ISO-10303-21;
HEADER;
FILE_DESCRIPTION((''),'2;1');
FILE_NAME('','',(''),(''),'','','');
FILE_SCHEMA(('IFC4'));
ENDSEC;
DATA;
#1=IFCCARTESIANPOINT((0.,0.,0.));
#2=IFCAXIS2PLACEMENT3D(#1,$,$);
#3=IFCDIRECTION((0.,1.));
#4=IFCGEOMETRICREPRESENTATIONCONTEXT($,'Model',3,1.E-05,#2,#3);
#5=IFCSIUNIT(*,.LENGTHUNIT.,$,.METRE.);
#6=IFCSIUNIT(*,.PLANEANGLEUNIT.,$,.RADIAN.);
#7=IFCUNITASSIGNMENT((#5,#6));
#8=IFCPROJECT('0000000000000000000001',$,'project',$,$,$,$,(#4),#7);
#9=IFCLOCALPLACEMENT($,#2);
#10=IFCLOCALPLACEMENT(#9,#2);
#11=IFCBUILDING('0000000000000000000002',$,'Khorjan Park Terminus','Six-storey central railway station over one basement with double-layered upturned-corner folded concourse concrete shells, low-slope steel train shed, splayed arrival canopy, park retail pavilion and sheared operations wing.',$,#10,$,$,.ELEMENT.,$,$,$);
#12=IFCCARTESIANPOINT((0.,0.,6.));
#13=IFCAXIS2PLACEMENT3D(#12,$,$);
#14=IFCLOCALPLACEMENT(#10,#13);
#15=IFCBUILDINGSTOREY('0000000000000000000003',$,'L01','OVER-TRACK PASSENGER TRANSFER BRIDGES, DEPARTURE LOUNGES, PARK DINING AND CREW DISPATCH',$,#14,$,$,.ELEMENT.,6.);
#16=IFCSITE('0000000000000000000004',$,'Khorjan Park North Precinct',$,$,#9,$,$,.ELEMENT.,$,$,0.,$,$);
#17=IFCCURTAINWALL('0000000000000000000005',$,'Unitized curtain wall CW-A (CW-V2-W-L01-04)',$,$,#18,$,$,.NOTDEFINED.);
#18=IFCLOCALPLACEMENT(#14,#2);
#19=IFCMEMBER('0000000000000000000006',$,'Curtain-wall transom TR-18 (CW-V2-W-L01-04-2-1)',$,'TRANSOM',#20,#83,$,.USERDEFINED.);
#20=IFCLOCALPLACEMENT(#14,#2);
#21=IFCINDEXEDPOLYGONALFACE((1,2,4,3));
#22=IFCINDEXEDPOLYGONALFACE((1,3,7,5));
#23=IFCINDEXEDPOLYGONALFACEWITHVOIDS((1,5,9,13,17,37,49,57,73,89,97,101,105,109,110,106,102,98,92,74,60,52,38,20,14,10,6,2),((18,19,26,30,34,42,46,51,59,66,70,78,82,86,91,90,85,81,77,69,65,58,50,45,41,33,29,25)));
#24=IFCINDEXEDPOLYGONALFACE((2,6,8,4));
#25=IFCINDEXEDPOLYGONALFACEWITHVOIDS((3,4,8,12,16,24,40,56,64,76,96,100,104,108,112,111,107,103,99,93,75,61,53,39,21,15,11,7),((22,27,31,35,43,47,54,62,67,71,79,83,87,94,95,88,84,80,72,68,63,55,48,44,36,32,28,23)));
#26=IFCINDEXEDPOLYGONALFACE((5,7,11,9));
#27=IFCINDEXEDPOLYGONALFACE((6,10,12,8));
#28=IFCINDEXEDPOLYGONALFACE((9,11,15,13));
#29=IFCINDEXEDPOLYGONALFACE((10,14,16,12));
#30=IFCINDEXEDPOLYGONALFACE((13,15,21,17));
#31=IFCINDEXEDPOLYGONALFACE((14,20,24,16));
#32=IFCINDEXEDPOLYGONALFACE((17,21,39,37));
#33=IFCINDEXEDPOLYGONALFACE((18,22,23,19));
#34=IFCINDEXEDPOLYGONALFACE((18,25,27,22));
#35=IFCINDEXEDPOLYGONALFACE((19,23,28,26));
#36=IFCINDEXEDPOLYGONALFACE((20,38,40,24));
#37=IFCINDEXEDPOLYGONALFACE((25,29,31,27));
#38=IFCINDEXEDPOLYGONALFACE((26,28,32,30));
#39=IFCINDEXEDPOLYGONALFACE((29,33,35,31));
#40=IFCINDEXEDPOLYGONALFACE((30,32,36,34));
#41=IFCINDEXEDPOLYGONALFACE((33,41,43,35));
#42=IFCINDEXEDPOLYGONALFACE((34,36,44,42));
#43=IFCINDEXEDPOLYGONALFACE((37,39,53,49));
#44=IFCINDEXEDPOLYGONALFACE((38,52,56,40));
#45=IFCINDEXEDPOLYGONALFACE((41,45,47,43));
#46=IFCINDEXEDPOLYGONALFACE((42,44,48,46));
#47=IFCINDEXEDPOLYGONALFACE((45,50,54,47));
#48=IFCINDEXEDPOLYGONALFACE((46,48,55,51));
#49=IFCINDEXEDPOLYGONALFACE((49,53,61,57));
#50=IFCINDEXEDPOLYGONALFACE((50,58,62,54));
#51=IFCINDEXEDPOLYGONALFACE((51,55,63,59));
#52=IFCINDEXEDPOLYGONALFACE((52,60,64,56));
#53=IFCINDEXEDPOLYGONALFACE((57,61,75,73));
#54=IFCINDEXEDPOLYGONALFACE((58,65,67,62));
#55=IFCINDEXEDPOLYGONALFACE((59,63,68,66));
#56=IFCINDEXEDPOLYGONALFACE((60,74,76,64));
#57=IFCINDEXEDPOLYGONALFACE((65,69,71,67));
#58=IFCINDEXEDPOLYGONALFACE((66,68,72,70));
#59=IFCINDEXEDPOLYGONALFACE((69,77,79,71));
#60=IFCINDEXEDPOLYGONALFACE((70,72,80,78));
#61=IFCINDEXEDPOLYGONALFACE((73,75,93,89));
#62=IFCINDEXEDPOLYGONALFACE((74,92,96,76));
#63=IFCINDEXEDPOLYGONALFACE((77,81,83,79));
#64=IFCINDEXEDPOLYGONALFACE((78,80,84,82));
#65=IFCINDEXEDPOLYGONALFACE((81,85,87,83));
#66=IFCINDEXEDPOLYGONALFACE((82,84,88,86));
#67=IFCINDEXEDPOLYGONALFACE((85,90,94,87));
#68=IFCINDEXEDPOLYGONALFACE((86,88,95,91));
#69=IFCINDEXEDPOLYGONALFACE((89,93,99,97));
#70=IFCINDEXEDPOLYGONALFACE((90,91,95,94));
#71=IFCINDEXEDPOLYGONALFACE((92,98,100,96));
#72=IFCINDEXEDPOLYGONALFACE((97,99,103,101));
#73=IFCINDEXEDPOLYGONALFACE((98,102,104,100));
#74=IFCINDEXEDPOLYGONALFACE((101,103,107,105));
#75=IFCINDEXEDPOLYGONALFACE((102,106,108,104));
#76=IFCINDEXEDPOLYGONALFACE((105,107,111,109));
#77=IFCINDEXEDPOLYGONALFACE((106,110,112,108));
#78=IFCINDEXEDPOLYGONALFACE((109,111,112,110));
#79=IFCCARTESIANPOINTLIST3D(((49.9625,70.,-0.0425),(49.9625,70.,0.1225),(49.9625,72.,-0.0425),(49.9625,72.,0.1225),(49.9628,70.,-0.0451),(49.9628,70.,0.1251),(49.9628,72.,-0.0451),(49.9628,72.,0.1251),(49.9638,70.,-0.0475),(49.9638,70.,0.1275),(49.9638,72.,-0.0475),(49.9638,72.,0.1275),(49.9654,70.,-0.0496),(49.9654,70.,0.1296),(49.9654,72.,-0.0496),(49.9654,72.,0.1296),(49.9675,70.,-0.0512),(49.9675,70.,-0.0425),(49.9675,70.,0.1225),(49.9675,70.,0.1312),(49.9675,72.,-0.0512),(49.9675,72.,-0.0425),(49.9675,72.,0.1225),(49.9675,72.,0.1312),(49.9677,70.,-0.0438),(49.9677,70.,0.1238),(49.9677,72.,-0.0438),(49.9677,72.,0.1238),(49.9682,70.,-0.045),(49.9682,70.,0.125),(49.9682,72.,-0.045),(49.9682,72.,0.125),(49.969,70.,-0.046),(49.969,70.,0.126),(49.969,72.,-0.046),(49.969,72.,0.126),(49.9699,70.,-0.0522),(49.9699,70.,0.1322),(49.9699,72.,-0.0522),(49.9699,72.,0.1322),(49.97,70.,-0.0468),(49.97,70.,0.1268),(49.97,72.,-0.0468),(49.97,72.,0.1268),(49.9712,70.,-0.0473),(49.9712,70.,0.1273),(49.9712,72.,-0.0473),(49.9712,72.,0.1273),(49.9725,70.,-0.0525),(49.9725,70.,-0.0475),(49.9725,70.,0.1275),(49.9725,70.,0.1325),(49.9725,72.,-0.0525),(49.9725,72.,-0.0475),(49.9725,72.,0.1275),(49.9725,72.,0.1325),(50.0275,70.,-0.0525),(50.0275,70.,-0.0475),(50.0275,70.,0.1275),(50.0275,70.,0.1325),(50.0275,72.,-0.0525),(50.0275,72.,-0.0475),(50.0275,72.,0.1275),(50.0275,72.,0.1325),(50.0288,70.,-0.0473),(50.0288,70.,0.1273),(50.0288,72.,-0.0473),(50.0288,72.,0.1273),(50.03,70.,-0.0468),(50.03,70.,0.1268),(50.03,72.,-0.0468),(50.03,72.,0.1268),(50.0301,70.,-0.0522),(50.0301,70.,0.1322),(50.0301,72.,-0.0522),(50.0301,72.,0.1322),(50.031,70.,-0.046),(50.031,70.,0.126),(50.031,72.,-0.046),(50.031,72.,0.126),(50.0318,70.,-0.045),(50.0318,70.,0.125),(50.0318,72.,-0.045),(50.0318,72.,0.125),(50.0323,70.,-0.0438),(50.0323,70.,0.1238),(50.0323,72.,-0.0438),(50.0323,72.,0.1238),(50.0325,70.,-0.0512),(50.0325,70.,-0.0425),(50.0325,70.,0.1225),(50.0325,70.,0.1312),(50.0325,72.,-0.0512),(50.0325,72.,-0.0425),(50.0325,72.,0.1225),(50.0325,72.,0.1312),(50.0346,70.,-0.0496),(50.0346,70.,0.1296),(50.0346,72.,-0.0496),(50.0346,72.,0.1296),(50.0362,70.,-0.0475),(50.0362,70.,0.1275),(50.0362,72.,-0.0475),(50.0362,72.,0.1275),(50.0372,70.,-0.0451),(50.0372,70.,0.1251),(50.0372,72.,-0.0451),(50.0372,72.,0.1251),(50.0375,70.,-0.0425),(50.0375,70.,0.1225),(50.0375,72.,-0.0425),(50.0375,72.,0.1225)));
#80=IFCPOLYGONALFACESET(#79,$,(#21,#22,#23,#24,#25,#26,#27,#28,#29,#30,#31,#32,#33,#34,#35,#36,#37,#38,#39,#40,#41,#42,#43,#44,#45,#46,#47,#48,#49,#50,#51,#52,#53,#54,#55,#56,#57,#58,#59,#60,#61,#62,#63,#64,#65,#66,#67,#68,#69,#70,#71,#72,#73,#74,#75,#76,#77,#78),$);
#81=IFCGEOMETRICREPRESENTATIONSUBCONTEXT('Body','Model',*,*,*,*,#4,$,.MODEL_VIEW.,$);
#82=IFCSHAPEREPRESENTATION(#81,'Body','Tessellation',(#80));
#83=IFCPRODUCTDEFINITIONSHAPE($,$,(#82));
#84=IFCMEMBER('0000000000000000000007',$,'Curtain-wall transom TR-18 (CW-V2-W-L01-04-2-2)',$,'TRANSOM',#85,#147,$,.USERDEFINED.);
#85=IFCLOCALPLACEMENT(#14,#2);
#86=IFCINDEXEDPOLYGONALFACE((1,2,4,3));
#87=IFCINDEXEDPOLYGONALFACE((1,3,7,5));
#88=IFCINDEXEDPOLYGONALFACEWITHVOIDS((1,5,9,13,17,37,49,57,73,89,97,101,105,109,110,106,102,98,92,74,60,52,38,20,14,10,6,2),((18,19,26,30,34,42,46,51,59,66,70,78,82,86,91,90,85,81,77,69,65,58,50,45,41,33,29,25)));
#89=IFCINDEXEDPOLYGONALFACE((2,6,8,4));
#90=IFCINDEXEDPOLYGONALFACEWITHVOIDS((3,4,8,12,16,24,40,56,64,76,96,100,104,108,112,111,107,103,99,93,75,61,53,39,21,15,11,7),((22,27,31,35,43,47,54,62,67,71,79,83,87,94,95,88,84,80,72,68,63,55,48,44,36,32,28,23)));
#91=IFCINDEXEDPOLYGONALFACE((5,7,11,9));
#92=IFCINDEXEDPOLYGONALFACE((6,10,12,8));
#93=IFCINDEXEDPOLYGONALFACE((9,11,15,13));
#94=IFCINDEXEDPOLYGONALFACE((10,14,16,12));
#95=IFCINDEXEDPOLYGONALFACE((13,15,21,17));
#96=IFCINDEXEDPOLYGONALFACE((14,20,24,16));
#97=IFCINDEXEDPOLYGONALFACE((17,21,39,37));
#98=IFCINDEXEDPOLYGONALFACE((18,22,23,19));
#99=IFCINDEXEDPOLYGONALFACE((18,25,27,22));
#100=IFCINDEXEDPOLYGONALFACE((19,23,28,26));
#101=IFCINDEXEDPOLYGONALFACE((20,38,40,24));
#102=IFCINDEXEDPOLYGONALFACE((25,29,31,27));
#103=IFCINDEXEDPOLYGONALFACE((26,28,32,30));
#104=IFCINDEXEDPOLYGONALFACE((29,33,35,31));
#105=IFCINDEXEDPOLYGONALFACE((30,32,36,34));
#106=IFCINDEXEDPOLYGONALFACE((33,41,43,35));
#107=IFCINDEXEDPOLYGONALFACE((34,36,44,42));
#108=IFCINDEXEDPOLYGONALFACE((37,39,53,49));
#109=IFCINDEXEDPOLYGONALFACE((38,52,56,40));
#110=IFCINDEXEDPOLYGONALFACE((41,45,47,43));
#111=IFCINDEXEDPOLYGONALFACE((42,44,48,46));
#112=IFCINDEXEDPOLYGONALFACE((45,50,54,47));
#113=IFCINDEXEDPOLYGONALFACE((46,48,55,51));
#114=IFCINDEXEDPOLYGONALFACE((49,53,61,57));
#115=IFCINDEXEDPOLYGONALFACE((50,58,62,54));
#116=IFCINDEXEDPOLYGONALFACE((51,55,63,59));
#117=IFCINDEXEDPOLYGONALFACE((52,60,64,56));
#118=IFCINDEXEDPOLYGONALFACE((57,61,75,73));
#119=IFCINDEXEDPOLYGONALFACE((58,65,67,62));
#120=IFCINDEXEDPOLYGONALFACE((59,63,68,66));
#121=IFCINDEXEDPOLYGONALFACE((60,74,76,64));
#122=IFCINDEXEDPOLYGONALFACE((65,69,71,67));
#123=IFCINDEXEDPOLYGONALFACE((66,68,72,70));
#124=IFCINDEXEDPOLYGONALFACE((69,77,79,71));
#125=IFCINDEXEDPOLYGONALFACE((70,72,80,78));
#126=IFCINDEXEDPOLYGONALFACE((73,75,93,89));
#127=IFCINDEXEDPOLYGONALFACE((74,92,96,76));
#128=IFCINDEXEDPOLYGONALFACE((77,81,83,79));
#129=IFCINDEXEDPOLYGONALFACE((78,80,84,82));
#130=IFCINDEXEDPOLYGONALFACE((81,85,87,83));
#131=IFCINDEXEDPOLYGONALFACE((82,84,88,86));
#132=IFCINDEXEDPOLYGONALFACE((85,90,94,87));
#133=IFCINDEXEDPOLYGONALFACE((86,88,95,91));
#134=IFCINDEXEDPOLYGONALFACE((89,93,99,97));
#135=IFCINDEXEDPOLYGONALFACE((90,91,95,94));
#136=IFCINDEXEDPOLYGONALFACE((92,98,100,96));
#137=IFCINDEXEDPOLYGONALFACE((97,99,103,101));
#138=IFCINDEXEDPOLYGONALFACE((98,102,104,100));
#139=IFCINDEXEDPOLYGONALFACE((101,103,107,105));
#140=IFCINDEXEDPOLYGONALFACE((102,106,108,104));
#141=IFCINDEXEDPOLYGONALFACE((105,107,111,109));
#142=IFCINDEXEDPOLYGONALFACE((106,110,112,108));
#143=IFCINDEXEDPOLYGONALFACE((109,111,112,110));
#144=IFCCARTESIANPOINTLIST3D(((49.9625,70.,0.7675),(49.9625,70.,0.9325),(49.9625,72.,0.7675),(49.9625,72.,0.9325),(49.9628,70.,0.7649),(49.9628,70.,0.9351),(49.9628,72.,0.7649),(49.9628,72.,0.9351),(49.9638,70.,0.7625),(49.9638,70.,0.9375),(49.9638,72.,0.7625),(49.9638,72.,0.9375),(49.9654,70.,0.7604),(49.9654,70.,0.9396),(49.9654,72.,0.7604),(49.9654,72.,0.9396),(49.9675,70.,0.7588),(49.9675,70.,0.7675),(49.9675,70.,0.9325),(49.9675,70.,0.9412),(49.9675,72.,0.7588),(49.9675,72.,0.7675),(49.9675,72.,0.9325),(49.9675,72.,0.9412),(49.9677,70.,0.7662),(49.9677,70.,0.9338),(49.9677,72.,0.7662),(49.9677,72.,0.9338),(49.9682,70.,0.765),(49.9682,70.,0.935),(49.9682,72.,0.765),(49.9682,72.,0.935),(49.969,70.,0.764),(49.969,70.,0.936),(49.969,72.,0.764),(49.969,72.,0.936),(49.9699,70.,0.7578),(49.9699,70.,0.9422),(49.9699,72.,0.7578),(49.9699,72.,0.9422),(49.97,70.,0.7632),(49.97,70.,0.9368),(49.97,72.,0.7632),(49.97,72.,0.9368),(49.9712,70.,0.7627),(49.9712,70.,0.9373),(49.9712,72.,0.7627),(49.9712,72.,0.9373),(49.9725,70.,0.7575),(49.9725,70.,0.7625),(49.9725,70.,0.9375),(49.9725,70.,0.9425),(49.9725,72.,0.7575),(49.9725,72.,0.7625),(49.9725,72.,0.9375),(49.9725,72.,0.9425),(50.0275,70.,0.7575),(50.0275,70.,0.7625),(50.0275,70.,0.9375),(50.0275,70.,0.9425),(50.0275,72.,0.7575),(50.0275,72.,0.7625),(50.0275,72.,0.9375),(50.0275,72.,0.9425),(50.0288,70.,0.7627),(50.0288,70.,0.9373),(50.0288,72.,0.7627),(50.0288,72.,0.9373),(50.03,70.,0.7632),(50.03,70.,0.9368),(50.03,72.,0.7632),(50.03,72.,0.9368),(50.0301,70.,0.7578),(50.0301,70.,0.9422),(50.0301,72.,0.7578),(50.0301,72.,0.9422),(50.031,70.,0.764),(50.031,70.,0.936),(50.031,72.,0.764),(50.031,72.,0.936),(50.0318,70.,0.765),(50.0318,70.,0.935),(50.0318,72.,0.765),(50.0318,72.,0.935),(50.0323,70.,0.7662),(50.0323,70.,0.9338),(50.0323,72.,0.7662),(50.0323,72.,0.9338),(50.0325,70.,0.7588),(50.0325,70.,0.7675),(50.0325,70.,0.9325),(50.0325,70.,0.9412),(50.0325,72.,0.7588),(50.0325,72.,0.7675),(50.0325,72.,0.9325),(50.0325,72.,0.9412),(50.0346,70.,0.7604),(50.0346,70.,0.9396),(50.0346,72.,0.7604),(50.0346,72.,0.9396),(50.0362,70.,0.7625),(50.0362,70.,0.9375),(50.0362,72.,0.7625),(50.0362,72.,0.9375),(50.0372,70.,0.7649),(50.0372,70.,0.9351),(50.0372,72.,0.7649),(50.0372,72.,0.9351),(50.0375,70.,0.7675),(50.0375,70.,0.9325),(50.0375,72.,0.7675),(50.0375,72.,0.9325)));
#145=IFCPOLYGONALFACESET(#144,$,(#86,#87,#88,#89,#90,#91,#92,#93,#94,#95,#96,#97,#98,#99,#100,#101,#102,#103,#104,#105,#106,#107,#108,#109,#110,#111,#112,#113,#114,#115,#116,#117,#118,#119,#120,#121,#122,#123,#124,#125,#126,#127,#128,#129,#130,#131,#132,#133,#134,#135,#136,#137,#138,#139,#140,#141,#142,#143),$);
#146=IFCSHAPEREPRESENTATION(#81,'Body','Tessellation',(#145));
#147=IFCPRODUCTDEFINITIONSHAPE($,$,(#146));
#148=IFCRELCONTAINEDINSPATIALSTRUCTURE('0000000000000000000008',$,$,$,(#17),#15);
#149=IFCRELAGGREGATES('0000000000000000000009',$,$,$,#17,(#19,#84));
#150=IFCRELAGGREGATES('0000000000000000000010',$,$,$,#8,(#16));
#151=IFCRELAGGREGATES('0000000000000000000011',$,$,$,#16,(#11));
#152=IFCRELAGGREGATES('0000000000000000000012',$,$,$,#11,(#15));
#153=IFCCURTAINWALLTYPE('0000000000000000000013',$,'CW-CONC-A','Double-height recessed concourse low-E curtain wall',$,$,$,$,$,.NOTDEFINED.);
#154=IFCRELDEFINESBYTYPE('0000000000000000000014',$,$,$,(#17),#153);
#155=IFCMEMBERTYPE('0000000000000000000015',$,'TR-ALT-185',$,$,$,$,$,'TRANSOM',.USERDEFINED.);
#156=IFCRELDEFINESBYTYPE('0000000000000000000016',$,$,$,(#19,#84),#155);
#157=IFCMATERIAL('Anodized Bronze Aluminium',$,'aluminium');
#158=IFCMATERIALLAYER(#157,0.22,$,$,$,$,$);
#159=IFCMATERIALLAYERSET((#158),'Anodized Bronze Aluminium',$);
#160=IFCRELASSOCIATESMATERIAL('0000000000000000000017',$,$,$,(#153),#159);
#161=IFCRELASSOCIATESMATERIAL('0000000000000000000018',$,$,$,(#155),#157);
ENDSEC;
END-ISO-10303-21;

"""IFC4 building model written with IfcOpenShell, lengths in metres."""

from ifc_helpers import new_model, si_unit, direction, frame, origin, origin_2d, place, context, subcontext, project, spatial, hollow_rectangle, extrude, material, layer, layer_set, material_profile, profile_set, type_object, element, aggregate, save


model = new_model("IFC4")

# Units and contexts
model_context = context("Model", 3, precision=1e-05, world=origin(), true_north=direction((0.0, 1.0)))
body_context = subcontext(model_context, "Body", "Model", "MODEL_VIEW")
ifc_project = project(units=[si_unit("LENGTHUNIT", "METRE"), si_unit("PLANEANGLEUNIT", "RADIAN")], contexts=[model_context])

# Site, building, storey
site_placement = place(None, origin())
site = spatial("IfcSite", under=ifc_project, at=site_placement, Name="Khorjan Park North Precinct", CompositionType="ELEMENT", RefElevation=0.0)
building_placement = place(site_placement, origin())
building = spatial("IfcBuilding", under=site, at=building_placement, Name="Khorjan Park Terminus", Description="Six-storey central railway station over one basement with double-layered upturned-corner folded concourse concrete shells, low-slope steel train shed, splayed arrival canopy, park retail pavilion and sheared operations wing.", CompositionType="ELEMENT")
storey_placement = place(building_placement, frame((0.0, 0.0, 6.0)))
storey = spatial("IfcBuildingStorey", under=building, at=storey_placement, Name="L01", Description="OVER-TRACK PASSENGER TRANSFER BRIDGES, DEPARTURE LOUNGES, PARK DINING AND CREW DISPATCH", CompositionType="ELEMENT", Elevation=6.0)

# Curtain wall, members
ifc_material_1 = material(Name="Anodized Bronze Aluminium", Category="aluminium")
ifc_layer_1 = layer(ifc_material_1, 0.22)
ifc_layer_set_1 = layer_set([ifc_layer_1], Name="Anodized Bronze Aluminium")
curtain_wall_type = type_object("IfcCurtainWallType", Name="CW-CONC-A", Description="Double-height recessed concourse low-E curtain wall", PredefinedType="NOTDEFINED", material=ifc_layer_set_1)
curtain_wall_placement = place(storey_placement, origin())
curtain_wall = element("IfcCurtainWall", 1, at=curtain_wall_placement, inside=storey, type_object=curtain_wall_type, Name="Unitized curtain wall CW-A (CW-V2-W-L01-04)", PredefinedType="NOTDEFINED")
ifc_material_profile_1 = material_profile(ifc_material_1, hollow_rectangle(XDim=0.075, YDim=0.185, WallThickness=0.005, InnerFilletRadius=0.005, OuterFilletRadius=0.01, at=origin_2d()), Name="ALT 75x185x5")
ifc_profile_set_1 = profile_set([ifc_material_profile_1], Name="Anodized Bronze Aluminium")
member_type_1 = type_object("IfcMemberType", Name="TR-ALT-185", ElementType="TRANSOM", PredefinedType="USERDEFINED", material=ifc_profile_set_1)
member_1_placement = place(storey_placement, frame((50.0, 72.0, 0.04), z_axis=(0.0, -1.0, 0.0), x_axis=(1.0, 0.0, 0.0)))
member_1 = element("IfcMember", 2, at=member_1_placement, type_object=member_type_1, Name="Curtain-wall transom TR-18 (CW-V2-W-L01-04-2-1)", ObjectType="TRANSOM", PredefinedType="USERDEFINED", context=body_context, shape_type="SweptSolid", body=[
    extrude(hollow_rectangle(XDim=0.075, YDim=0.185, WallThickness=0.005, InnerFilletRadius=0.005, OuterFilletRadius=0.01, at=origin_2d()), origin(), (0.0, 0.0, 1.0), 2.0),
])
member_2_placement = place(storey_placement, frame((50.0, 72.0, 0.85), z_axis=(0.0, -1.0, 0.0), x_axis=(1.0, 0.0, 0.0)))
member_2 = element("IfcMember", 3, at=member_2_placement, type_object=member_type_1, Name="Curtain-wall transom TR-18 (CW-V2-W-L01-04-2-2)", ObjectType="TRANSOM", PredefinedType="USERDEFINED", context=body_context, shape_type="SweptSolid", body=[
    extrude(hollow_rectangle(XDim=0.075, YDim=0.185, WallThickness=0.005, InnerFilletRadius=0.005, OuterFilletRadius=0.01, at=origin_2d()), origin(), (0.0, 0.0, 1.0), 2.0),
])
aggregate(curtain_wall, [member_1, member_2])

save(model, "model.ifc")
